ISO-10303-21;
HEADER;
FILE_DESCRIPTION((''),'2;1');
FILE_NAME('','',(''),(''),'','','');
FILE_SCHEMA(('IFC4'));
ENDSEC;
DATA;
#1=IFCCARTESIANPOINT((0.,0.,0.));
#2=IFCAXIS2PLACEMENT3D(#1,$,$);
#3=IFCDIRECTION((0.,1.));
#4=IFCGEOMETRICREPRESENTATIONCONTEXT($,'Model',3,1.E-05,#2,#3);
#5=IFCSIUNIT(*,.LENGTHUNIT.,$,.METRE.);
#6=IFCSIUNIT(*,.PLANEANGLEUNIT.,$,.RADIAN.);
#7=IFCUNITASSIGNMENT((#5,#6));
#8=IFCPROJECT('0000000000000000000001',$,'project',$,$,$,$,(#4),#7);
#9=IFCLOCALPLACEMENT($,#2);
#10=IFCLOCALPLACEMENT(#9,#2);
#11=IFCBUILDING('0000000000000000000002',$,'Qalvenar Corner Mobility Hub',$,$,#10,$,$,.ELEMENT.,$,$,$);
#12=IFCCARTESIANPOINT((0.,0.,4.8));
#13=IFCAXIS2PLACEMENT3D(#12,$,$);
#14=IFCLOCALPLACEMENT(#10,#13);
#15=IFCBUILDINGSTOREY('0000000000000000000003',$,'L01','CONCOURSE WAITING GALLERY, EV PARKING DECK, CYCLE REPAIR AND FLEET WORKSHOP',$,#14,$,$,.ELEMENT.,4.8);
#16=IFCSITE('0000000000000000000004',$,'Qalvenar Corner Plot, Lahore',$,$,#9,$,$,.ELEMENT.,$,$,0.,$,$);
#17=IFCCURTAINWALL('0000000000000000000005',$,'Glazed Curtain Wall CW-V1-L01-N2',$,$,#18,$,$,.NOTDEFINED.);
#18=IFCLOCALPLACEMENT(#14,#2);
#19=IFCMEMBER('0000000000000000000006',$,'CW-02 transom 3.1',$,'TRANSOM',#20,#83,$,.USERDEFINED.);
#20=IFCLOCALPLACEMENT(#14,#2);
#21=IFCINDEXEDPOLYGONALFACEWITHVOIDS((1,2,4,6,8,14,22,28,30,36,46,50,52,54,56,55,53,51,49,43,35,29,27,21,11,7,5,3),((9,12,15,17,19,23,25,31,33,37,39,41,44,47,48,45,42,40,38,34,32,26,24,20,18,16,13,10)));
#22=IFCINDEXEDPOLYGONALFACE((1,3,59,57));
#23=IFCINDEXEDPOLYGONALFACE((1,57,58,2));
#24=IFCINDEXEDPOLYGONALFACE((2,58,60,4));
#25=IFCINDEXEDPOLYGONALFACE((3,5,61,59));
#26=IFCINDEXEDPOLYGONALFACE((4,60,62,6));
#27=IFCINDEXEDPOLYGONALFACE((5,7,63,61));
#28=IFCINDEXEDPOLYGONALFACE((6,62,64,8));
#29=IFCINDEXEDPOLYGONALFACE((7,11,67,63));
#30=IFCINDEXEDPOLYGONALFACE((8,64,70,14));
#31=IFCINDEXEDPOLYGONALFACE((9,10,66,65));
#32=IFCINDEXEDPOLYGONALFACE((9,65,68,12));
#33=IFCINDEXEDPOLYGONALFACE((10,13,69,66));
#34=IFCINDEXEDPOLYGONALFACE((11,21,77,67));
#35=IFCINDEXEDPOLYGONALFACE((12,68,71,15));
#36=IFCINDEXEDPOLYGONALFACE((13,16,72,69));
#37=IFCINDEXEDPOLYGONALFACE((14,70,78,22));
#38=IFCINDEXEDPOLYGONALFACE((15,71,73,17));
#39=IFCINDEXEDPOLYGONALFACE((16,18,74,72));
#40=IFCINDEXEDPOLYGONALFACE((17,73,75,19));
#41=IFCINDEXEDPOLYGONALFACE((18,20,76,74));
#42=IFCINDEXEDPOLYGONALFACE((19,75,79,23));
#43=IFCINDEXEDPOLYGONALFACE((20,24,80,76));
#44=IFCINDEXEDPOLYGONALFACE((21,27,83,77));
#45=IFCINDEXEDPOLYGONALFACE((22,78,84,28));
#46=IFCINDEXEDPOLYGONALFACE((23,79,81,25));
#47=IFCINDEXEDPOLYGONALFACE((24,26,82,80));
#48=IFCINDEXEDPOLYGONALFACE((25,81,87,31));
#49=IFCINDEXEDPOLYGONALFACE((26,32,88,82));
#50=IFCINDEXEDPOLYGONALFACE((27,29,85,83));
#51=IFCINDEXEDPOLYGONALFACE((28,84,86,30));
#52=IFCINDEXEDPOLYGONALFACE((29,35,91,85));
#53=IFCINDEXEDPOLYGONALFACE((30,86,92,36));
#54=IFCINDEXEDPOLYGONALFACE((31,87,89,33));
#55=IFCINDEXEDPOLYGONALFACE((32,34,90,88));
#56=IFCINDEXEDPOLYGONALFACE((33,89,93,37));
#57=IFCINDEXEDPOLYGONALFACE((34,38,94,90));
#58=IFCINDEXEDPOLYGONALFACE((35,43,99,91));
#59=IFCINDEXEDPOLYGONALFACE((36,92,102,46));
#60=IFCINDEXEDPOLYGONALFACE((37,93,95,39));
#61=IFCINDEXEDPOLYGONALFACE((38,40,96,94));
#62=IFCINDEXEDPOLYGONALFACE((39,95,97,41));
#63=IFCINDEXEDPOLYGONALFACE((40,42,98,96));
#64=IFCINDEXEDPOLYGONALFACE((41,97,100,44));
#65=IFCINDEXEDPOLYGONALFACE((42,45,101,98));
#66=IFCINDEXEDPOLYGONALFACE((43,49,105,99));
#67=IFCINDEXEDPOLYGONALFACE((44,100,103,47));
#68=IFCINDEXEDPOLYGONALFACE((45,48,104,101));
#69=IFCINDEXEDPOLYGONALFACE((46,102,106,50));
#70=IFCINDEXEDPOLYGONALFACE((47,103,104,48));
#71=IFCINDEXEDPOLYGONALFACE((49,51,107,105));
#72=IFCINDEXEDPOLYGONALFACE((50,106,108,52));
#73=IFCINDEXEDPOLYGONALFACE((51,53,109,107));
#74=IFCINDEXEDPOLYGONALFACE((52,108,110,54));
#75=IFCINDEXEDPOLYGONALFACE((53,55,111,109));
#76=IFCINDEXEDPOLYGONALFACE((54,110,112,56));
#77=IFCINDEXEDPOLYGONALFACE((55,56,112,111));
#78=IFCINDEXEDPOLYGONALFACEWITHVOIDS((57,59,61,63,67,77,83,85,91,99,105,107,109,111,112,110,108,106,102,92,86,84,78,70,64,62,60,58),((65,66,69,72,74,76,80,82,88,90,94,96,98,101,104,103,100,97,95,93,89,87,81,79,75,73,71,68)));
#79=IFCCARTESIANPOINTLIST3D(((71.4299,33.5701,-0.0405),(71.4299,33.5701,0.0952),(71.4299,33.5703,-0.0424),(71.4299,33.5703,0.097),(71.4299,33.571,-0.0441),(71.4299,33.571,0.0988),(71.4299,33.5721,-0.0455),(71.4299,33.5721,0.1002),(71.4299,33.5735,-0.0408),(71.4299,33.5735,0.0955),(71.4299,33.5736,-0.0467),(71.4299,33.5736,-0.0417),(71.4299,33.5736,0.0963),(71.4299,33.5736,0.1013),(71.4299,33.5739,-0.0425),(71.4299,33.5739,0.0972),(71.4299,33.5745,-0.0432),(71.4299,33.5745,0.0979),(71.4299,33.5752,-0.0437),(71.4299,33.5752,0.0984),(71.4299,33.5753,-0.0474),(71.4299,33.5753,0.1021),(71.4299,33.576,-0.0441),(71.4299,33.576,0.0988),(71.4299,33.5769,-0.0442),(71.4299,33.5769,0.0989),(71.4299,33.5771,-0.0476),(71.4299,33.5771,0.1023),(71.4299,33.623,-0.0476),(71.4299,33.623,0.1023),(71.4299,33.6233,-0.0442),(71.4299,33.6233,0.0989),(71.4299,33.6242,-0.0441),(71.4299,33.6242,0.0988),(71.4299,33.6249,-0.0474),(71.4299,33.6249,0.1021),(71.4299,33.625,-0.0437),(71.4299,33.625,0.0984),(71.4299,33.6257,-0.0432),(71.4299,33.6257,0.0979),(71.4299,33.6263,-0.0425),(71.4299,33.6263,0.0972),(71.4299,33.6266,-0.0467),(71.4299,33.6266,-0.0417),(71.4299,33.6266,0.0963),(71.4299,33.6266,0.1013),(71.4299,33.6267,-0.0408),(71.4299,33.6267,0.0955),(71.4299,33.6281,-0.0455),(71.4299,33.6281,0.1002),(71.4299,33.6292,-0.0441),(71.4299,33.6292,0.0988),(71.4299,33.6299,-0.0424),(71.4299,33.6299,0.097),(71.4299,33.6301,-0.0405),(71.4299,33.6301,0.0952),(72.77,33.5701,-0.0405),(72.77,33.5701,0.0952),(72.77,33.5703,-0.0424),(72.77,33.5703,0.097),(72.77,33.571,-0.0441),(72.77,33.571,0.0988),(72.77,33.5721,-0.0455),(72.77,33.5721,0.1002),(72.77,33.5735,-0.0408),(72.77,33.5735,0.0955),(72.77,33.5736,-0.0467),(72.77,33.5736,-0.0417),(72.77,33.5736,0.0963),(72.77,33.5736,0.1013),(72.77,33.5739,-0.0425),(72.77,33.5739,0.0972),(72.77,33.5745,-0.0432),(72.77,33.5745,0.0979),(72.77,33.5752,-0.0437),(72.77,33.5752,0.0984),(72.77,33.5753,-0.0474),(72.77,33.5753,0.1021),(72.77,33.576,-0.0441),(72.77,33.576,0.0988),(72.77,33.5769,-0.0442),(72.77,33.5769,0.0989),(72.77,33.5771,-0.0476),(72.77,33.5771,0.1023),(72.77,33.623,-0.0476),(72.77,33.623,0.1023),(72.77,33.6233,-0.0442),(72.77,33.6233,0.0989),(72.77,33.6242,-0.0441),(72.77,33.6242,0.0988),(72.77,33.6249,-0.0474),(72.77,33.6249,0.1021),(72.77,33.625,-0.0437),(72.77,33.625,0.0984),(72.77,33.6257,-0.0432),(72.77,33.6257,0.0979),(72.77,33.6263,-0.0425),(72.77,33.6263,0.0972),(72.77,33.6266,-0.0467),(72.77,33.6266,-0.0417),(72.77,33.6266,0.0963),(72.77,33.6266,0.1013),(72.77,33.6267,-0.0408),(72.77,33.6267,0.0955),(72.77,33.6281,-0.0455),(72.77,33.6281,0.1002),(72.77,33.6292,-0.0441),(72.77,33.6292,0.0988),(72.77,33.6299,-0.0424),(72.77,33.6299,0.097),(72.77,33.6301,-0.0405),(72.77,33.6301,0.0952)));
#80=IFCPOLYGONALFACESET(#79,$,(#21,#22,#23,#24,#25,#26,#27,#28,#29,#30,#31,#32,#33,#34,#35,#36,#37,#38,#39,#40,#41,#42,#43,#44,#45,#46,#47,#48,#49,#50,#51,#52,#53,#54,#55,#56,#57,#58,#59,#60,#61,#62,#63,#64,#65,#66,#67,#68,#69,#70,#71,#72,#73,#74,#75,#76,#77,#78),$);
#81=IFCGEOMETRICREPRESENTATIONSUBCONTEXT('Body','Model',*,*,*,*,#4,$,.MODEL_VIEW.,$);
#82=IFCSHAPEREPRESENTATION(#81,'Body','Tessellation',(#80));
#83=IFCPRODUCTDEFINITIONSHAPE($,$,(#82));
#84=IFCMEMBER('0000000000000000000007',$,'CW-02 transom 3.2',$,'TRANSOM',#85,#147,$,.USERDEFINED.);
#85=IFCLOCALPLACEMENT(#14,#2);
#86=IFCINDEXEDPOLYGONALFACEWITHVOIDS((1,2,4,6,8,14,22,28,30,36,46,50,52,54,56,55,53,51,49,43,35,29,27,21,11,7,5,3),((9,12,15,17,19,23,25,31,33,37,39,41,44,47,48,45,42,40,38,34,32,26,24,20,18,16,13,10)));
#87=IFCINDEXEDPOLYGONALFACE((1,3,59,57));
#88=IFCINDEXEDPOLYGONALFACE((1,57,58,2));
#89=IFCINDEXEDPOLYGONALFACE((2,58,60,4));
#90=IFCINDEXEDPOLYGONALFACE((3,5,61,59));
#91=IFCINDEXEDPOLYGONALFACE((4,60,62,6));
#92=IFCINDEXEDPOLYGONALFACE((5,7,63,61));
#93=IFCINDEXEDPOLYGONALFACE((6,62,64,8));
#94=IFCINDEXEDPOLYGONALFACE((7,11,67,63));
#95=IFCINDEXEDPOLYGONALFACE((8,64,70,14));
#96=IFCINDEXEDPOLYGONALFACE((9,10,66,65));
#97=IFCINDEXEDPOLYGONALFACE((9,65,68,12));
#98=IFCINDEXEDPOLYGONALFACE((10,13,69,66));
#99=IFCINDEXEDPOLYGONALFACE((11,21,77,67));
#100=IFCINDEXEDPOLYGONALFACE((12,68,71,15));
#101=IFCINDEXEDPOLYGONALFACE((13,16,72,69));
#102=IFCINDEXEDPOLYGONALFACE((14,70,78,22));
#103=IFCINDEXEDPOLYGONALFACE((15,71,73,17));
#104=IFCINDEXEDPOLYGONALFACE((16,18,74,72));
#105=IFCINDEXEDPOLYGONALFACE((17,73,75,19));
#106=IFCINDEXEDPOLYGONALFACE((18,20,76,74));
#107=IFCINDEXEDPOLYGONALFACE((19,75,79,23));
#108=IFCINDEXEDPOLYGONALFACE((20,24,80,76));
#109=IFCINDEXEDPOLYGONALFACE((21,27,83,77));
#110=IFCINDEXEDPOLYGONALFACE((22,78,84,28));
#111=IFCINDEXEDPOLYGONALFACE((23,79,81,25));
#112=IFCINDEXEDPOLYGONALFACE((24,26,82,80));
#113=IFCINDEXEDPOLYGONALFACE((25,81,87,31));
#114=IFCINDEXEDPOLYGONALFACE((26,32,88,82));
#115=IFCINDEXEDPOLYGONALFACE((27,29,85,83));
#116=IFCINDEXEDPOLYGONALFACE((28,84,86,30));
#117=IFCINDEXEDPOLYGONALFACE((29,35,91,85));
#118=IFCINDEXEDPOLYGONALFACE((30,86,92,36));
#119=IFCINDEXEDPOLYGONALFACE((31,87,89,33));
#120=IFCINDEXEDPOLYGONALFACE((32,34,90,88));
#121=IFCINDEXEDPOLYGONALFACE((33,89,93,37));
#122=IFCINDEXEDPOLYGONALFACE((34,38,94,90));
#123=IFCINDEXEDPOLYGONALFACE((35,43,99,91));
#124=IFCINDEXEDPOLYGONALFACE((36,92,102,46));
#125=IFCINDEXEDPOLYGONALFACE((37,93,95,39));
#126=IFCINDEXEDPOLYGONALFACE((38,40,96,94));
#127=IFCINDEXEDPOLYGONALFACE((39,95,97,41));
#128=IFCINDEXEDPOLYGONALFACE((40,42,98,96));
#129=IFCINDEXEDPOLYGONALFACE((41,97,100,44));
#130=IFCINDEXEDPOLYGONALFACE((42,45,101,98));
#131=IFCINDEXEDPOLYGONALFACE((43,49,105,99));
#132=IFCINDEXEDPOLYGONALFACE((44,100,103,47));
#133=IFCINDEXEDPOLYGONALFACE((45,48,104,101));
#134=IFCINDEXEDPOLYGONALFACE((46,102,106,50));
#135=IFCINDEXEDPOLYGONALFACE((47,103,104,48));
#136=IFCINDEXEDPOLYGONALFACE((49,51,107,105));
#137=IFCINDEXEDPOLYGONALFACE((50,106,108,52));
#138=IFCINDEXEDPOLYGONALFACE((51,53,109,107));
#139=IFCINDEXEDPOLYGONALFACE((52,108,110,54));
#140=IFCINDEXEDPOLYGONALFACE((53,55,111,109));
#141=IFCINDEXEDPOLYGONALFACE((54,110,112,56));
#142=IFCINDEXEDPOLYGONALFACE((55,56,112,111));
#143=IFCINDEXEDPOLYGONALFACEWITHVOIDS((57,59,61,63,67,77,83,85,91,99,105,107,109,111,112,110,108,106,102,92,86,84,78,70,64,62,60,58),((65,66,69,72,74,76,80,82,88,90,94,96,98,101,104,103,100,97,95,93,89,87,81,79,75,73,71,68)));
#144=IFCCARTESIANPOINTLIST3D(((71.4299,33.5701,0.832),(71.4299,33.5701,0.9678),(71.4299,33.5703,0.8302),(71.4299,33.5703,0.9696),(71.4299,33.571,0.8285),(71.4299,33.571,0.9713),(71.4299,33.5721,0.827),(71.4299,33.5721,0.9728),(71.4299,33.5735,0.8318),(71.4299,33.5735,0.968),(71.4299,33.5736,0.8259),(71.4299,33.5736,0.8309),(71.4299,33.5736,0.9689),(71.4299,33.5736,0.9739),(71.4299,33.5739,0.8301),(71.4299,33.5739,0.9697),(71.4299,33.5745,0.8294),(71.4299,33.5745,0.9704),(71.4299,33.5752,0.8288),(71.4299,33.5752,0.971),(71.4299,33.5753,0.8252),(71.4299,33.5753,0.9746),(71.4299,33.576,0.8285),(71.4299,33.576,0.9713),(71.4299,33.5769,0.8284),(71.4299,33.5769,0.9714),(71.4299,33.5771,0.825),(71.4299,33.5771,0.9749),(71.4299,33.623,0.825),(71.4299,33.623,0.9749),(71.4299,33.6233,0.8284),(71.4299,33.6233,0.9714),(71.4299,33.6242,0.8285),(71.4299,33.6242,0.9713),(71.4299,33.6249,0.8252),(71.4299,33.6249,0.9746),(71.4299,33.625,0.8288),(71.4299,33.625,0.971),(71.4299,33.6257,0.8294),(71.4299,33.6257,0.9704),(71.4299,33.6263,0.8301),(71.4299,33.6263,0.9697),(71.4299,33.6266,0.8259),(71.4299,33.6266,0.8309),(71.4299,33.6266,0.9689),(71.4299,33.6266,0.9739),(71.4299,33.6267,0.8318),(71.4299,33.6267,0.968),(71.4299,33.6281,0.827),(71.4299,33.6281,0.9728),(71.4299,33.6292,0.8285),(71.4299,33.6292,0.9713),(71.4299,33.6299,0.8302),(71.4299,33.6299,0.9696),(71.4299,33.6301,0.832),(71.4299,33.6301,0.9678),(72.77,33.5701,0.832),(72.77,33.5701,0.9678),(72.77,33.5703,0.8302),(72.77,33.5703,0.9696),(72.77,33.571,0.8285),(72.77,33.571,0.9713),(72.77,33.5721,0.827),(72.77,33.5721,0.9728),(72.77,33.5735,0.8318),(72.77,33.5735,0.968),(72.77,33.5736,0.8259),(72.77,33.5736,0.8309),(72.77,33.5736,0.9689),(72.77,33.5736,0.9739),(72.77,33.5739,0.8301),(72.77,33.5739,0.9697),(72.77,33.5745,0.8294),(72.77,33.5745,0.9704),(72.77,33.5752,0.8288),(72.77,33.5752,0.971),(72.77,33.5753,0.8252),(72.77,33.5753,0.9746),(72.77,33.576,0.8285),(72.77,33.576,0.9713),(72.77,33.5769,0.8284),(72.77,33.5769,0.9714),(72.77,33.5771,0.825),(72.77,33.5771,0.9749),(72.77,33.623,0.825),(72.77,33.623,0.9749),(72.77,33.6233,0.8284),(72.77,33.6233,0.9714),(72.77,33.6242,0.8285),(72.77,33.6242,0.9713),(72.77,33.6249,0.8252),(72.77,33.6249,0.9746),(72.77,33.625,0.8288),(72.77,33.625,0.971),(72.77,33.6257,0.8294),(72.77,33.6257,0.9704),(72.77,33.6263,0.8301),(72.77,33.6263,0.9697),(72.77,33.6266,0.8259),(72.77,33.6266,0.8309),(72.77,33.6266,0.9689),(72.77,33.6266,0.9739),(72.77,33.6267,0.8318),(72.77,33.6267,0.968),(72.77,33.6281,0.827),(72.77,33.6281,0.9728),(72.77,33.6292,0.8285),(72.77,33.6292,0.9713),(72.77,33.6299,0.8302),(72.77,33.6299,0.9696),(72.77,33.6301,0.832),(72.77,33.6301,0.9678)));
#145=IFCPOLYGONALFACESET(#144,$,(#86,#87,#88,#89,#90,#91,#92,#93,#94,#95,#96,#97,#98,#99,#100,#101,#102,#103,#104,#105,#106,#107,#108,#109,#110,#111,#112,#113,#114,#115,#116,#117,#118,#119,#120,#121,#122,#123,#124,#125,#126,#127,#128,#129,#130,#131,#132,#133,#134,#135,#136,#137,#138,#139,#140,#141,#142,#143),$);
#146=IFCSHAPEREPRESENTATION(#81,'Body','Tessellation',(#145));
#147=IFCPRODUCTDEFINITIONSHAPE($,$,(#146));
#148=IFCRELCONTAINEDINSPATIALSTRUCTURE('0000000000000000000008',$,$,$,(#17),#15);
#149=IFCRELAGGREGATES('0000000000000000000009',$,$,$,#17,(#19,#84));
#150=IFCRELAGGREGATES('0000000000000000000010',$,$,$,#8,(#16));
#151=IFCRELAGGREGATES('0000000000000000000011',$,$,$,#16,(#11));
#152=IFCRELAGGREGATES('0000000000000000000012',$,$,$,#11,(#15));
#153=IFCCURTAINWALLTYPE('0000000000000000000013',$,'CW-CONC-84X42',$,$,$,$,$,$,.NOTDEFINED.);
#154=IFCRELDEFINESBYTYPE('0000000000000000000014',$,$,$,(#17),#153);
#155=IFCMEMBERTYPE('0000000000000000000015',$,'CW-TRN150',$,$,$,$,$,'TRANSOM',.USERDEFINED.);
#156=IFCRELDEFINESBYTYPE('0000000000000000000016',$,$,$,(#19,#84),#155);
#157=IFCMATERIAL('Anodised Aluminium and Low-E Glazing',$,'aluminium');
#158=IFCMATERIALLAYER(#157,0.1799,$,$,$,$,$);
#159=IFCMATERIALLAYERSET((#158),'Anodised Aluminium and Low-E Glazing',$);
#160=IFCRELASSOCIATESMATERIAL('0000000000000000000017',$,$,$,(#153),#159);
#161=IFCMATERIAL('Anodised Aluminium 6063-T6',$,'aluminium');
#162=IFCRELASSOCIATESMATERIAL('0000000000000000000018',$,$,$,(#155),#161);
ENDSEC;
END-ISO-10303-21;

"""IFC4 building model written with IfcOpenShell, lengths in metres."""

from ifc_helpers import new_model, si_unit, direction, frame, origin, origin_2d, place, context, subcontext, project, spatial, hollow_rectangle, extrude, material, layer, layer_set, material_profile, profile_set, type_object, element, aggregate, save


model = new_model("IFC4")

# Units and contexts
model_context = context("Model", 3, precision=1e-05, world=origin(), true_north=direction((0.0, 1.0)))
body_context = subcontext(model_context, "Body", "Model", "MODEL_VIEW")
ifc_project = project(units=[si_unit("LENGTHUNIT", "METRE"), si_unit("PLANEANGLEUNIT", "RADIAN")], contexts=[model_context])

# Site, building, storey
site_placement = place(None, origin())
site = spatial("IfcSite", under=ifc_project, at=site_placement, Name="Qalvenar Corner Plot, Lahore", CompositionType="ELEMENT", RefElevation=0.0)
building_placement = place(site_placement, origin())
building = spatial("IfcBuilding", under=site, at=building_placement, Name="Qalvenar Corner Mobility Hub", CompositionType="ELEMENT")
storey_placement = place(building_placement, frame((0.0, 0.0, 4.8)))
storey = spatial("IfcBuildingStorey", under=building, at=storey_placement, Name="L01", Description="CONCOURSE WAITING GALLERY, EV PARKING DECK, CYCLE REPAIR AND FLEET WORKSHOP", CompositionType="ELEMENT", Elevation=4.8)

# Curtain wall
ifc_material_1 = material(Name="Anodised Aluminium and Low-E Glazing", Category="aluminium")
ifc_layer_1 = layer(ifc_material_1, 0.1799)
ifc_layer_set_1 = layer_set([ifc_layer_1], Name="Anodised Aluminium and Low-E Glazing")
curtain_wall_type = type_object("IfcCurtainWallType", Name="CW-CONC-84X42", PredefinedType="NOTDEFINED", material=ifc_layer_set_1)
curtain_wall_1_placement = place(storey_placement, origin())
curtain_wall_1 = element("IfcCurtainWall", 1, at=curtain_wall_1_placement, inside=storey, type_object=curtain_wall_type, Name="Glazed Curtain Wall CW-V1-L01-N2", PredefinedType="NOTDEFINED")
ifc_material_2 = material(Name="Anodised Aluminium 6063-T6", Category="aluminium")

# Members
ifc_material_profile_1 = material_profile(ifc_material_2, hollow_rectangle(XDim=0.0601, YDim=0.1499, WallThickness=0.0034, InnerFilletRadius=0.0034, OuterFilletRadius=0.0071, at=origin_2d()), Name="RHS150x60x3.5")
ifc_profile_set_1 = profile_set([ifc_material_profile_1], Name="Anodised Aluminium 6063-T6")
member_type_1 = type_object("IfcMemberType", Name="CW-TRN150", ElementType="TRANSOM", PredefinedType="USERDEFINED", material=ifc_profile_set_1)
member_1_placement = place(storey_placement, frame((72.77, 33.6001, 0.0273), z_axis=(-1.0, 0.0, 0.0), x_axis=(0.0, -1.0, 0.0)))
member_1 = element("IfcMember", 2, at=member_1_placement, type_object=member_type_1, Name="CW-02 transom 3.1", ObjectType="TRANSOM", PredefinedType="USERDEFINED", context=body_context, shape_type="SweptSolid", body=[
    extrude(hollow_rectangle(XDim=0.0601, YDim=0.1499, WallThickness=0.0034, InnerFilletRadius=0.0034, OuterFilletRadius=0.0071, at=origin_2d()), origin(), (0.0, 0.0, 1.0), 1.3401),
])
member_2_placement = place(storey_placement, frame((72.77, 33.6001, 0.8999), z_axis=(-1.0, 0.0, 0.0), x_axis=(0.0, -1.0, 0.0)))
member_2 = element("IfcMember", 3, at=member_2_placement, type_object=member_type_1, Name="CW-02 transom 3.2", ObjectType="TRANSOM", PredefinedType="USERDEFINED", context=body_context, shape_type="SweptSolid", body=[
    extrude(hollow_rectangle(XDim=0.0601, YDim=0.1499, WallThickness=0.0034, InnerFilletRadius=0.0034, OuterFilletRadius=0.0071, at=origin_2d()), origin(), (0.0, 0.0, 1.0), 1.3401),
])

aggregate(curtain_wall_1, [member_1, member_2])

save(model, "model.ifc")
